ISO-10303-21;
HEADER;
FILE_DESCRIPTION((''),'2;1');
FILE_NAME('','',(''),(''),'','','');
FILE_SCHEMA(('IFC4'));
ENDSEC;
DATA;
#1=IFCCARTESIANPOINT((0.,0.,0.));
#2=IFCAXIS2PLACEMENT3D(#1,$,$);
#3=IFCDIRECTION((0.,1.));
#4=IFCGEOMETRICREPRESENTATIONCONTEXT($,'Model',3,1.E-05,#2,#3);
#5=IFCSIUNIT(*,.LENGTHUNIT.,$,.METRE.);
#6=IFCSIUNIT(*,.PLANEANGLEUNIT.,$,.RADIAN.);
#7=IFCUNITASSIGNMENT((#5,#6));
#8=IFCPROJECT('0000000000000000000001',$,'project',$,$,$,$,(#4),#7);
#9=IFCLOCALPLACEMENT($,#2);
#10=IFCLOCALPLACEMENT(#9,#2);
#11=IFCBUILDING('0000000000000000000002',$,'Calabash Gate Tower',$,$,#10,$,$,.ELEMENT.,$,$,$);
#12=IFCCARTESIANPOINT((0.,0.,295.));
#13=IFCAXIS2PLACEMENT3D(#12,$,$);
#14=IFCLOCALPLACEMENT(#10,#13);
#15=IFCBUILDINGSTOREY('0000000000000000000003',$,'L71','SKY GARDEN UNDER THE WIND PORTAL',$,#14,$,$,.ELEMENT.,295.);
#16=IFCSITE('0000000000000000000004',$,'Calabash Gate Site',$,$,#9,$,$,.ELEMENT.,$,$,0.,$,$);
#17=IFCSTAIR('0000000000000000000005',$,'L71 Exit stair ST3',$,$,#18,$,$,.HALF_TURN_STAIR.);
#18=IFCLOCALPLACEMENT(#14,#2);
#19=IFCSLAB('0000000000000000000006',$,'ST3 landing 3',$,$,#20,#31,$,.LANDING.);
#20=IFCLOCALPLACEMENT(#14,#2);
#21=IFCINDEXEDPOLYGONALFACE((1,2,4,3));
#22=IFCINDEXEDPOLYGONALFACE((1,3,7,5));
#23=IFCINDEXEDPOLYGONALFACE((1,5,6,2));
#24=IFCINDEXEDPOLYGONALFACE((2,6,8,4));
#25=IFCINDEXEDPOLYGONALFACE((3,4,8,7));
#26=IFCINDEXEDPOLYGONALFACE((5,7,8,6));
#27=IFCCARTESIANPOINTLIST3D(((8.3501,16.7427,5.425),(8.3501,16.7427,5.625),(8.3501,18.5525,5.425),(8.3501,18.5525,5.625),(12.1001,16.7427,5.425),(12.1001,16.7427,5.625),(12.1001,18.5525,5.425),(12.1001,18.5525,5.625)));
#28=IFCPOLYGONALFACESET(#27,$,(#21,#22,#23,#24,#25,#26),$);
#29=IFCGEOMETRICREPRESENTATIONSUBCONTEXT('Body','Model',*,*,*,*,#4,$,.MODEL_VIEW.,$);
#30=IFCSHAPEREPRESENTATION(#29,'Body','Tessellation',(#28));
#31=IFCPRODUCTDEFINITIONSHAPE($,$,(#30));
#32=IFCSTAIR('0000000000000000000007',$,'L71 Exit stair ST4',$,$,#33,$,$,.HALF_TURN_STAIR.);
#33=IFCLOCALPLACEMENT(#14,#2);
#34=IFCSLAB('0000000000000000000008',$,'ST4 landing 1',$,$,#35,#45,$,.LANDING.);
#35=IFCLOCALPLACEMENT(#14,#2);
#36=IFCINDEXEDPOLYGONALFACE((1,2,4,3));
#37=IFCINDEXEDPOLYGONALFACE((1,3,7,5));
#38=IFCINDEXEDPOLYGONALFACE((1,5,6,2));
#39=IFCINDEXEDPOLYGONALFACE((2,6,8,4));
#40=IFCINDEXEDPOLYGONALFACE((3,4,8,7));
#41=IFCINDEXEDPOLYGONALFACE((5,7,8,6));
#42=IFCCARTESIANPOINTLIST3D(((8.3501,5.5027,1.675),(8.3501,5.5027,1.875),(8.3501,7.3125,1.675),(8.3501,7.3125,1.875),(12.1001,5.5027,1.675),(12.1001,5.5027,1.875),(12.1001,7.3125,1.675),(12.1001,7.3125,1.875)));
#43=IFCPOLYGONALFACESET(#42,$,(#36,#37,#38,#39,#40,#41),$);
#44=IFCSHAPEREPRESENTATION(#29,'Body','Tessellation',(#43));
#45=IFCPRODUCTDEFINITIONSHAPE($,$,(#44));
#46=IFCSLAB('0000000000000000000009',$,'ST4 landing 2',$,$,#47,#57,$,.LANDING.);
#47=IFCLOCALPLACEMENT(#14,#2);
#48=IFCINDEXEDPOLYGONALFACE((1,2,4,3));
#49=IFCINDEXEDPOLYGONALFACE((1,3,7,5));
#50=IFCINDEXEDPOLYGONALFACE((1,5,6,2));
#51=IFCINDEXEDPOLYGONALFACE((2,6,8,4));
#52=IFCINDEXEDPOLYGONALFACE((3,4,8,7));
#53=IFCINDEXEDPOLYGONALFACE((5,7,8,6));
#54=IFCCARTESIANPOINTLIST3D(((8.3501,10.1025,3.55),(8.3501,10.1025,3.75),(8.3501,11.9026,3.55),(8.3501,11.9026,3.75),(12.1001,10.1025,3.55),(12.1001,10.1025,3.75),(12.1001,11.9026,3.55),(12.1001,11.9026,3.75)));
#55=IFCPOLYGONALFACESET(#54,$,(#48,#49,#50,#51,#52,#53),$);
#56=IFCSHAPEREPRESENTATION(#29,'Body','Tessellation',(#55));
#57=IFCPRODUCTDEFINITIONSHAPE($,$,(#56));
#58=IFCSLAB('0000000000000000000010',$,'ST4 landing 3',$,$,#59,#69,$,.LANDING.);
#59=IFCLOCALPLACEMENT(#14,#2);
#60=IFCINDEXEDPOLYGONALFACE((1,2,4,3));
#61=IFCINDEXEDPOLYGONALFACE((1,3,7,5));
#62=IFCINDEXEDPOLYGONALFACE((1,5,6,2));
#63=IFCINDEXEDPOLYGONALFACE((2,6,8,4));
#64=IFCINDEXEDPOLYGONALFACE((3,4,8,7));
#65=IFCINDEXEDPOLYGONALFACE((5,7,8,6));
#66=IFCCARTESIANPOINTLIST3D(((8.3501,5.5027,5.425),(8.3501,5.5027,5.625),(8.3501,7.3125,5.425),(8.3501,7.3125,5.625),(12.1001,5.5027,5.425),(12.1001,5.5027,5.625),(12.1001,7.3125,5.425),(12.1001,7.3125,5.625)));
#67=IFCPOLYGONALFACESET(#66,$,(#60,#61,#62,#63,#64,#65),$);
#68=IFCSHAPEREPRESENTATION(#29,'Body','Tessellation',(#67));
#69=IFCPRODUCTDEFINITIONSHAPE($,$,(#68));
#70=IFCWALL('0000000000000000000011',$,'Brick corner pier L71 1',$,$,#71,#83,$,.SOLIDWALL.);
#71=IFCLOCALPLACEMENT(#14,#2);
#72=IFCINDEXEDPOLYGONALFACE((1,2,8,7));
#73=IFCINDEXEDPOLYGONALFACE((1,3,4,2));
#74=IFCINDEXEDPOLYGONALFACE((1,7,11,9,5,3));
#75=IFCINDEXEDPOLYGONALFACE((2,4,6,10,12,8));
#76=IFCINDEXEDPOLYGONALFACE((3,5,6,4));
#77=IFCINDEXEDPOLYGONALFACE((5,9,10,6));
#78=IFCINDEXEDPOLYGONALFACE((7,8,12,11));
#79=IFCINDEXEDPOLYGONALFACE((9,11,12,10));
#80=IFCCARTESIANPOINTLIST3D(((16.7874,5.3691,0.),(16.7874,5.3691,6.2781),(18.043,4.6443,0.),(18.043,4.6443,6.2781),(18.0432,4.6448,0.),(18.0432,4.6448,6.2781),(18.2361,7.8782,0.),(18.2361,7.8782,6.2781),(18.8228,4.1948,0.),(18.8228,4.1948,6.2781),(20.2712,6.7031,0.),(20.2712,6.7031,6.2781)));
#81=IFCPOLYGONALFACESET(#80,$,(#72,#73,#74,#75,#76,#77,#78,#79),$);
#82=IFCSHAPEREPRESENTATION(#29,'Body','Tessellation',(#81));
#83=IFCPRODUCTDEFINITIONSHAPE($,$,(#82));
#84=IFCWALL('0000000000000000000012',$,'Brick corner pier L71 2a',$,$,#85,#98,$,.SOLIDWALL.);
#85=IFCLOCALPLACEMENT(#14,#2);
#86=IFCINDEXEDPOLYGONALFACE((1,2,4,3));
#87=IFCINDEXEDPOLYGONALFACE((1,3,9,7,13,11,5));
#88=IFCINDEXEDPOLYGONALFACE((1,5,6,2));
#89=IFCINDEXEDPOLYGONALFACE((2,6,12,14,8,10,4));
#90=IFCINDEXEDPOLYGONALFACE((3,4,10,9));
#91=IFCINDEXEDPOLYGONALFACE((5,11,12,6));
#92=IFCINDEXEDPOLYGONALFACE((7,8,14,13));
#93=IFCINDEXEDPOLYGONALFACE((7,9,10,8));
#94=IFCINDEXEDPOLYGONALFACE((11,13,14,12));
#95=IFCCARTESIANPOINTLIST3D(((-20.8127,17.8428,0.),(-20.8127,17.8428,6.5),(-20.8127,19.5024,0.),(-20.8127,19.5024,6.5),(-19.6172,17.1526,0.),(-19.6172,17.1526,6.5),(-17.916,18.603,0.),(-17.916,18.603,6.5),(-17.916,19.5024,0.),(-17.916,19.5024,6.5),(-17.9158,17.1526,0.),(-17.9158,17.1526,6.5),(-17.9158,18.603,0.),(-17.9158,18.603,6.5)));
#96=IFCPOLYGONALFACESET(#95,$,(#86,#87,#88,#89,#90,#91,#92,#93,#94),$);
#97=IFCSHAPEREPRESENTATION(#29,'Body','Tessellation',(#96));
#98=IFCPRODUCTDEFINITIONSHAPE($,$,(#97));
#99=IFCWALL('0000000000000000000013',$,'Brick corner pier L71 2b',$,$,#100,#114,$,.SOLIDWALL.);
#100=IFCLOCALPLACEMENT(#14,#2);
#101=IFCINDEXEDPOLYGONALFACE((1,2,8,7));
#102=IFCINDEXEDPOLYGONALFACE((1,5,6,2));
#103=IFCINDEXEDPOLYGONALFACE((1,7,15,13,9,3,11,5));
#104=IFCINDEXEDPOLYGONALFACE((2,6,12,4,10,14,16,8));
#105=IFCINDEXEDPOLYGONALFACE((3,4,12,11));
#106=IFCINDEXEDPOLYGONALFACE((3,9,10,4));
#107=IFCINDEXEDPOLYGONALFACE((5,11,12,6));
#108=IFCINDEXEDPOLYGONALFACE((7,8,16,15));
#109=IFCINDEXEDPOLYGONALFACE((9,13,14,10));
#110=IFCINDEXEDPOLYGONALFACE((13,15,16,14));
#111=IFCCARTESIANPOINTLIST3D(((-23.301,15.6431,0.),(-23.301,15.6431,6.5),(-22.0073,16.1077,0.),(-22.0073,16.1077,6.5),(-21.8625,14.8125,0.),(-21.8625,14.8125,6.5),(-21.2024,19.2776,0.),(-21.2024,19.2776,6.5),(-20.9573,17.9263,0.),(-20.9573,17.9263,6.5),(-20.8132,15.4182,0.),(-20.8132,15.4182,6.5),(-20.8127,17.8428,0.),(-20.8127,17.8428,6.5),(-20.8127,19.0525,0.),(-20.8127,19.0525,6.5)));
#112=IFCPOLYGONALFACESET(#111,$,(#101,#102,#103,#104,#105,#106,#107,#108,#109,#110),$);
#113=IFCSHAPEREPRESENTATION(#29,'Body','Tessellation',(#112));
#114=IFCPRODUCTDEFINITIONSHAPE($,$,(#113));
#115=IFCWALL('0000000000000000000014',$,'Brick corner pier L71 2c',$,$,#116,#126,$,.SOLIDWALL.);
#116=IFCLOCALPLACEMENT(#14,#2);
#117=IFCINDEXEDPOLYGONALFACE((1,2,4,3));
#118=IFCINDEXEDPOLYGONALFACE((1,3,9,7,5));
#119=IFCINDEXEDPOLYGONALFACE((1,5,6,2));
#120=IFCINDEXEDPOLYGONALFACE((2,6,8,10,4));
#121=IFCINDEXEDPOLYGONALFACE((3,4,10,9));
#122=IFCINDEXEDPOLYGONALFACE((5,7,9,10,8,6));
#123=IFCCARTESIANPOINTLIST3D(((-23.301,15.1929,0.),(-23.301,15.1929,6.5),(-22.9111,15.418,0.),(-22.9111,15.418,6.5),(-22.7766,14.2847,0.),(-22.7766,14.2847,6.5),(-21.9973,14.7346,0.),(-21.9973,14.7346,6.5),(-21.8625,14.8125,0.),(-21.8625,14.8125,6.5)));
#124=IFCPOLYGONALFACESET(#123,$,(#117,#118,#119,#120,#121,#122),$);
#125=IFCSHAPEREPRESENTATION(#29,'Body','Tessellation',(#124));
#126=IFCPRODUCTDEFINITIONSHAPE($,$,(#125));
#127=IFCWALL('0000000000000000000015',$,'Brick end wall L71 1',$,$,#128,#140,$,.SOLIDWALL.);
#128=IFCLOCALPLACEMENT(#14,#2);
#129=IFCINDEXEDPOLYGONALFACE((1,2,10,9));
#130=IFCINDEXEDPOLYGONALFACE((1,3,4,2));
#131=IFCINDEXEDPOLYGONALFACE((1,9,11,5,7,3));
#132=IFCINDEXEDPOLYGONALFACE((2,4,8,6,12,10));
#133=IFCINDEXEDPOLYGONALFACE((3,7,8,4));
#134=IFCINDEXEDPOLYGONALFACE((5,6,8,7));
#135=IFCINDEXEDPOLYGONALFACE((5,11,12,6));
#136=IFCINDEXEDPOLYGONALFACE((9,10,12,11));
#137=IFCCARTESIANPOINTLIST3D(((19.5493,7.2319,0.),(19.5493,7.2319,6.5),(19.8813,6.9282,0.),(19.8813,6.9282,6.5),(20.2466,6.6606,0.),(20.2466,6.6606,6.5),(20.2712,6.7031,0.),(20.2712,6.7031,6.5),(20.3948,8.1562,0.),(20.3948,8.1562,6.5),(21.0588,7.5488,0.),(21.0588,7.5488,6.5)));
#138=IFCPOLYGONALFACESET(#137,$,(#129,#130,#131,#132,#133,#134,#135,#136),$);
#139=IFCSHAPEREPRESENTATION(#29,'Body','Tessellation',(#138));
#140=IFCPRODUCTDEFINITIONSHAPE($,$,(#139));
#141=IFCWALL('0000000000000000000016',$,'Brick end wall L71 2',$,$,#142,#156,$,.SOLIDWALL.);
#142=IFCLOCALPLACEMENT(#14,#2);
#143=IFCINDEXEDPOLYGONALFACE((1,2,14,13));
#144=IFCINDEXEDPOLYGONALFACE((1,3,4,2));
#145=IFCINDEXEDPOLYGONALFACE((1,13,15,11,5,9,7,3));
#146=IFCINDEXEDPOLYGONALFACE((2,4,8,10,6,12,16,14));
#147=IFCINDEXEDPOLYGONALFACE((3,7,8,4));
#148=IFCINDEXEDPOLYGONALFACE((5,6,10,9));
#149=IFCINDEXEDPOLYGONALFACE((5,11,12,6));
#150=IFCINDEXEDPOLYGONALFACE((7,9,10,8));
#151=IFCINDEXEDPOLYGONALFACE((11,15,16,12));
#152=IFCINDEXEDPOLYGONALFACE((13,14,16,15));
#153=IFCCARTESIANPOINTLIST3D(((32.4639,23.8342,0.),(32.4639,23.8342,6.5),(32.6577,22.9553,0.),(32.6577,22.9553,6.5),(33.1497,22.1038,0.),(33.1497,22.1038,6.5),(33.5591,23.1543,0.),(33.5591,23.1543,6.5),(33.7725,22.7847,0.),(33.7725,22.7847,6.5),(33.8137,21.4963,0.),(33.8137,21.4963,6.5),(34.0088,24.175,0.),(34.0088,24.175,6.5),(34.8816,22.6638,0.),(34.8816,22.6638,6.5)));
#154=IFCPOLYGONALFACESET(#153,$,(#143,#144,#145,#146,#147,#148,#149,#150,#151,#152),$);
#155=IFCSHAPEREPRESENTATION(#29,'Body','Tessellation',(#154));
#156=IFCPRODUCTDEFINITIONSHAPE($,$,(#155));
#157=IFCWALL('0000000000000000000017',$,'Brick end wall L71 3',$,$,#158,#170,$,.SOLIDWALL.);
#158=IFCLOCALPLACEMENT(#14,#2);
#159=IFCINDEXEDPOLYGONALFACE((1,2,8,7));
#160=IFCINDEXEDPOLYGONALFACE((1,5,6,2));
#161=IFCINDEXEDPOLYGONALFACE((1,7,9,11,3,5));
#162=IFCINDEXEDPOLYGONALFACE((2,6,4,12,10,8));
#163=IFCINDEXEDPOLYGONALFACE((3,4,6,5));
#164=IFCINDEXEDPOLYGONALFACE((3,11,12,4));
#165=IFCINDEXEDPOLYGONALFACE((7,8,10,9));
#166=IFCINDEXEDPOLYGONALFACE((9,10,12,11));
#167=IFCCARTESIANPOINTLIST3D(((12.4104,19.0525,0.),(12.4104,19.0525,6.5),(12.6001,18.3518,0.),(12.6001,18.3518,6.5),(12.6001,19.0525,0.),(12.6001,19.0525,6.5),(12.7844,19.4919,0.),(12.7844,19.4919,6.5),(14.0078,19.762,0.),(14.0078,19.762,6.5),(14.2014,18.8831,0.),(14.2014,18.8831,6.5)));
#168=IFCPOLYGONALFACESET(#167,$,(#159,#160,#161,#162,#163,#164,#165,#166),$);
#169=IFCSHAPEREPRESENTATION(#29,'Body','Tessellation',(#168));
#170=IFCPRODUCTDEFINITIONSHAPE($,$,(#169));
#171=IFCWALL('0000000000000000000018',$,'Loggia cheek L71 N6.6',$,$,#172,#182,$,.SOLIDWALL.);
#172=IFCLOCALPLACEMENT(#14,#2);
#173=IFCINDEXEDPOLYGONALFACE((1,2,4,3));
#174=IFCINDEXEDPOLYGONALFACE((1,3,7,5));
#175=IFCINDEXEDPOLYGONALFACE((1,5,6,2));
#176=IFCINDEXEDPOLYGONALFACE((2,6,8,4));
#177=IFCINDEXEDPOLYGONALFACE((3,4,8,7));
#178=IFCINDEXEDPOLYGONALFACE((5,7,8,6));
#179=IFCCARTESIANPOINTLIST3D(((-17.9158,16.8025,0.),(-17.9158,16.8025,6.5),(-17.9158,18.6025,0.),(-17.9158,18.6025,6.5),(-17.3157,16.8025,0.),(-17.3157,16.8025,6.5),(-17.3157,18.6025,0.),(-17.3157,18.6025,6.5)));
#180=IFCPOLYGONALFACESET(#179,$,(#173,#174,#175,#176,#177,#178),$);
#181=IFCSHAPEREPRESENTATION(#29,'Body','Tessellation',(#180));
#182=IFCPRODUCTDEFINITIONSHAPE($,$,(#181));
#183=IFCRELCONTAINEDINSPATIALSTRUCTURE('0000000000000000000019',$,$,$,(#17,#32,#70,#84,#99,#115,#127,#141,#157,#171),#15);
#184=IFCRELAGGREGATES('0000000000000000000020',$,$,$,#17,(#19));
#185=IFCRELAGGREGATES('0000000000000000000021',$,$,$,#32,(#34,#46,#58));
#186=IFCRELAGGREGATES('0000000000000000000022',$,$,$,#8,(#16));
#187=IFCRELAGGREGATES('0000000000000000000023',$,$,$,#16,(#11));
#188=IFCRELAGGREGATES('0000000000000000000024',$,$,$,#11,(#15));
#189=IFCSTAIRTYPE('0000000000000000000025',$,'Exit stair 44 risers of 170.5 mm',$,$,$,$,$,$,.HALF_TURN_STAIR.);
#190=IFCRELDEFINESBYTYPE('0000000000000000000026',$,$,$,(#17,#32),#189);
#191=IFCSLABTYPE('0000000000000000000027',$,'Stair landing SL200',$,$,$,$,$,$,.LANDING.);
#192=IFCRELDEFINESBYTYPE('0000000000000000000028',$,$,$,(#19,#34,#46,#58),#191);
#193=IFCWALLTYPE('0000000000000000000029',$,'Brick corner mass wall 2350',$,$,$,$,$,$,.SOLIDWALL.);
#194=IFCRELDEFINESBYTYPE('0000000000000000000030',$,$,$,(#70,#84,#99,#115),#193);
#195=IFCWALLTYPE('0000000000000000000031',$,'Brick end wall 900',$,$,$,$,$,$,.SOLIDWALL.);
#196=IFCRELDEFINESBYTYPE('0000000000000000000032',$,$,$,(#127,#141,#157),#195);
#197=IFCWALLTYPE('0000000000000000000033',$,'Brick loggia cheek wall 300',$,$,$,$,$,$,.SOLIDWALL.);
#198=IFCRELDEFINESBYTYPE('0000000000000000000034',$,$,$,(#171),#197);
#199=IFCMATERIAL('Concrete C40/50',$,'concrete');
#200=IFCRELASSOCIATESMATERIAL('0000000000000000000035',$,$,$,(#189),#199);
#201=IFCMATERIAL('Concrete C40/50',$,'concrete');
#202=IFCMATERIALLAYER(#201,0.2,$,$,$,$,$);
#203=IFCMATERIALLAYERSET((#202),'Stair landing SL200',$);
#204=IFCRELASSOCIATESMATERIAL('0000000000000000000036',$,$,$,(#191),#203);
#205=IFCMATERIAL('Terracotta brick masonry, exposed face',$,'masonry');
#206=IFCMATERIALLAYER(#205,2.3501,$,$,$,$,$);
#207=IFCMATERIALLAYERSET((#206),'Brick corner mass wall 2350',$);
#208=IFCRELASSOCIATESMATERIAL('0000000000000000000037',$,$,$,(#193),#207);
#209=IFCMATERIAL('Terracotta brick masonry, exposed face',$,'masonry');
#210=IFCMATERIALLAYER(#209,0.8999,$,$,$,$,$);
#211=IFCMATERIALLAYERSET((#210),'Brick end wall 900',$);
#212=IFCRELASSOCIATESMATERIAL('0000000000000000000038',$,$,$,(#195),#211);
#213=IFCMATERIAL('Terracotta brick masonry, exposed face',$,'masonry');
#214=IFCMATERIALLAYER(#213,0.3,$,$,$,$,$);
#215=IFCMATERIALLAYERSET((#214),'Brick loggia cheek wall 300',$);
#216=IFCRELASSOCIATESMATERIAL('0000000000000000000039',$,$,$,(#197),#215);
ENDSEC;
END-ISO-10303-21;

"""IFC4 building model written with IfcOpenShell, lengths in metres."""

from ifc_helpers import new_model, si_unit, direction, frame, origin, place, context, subcontext, project, spatial, polyline, outline, extrude, material, layer, layer_set, type_object, element, aggregate, save


model = new_model("IFC4")

# Units and contexts
model_context = context("Model", 3, precision=1e-05, world=origin(), true_north=direction((0.0, 1.0)))
body_context = subcontext(model_context, "Body", "Model", "MODEL_VIEW")
ifc_project = project(units=[si_unit("LENGTHUNIT", "METRE"), si_unit("PLANEANGLEUNIT", "RADIAN")], contexts=[model_context])

# Site, building, storey
site_placement = place(None, origin())
site = spatial("IfcSite", under=ifc_project, at=site_placement, Name="Calabash Gate Site", CompositionType="ELEMENT", RefElevation=0.0)
building_placement = place(site_placement, origin())
building = spatial("IfcBuilding", under=site, at=building_placement, Name="Calabash Gate Tower", CompositionType="ELEMENT")
storey_placement = place(building_placement, frame((0.0, 0.0, 295.0)))
storey = spatial("IfcBuildingStorey", under=building, at=storey_placement, Name="L71", Description="SKY GARDEN UNDER THE WIND PORTAL", CompositionType="ELEMENT", Elevation=295.0)

# Stairs, slabs
ifc_material_1 = material(Name="Concrete C40/50", Category="concrete")
stair_type = type_object("IfcStairType", Name="Exit stair 44 risers of 170.5 mm", PredefinedType="HALF_TURN_STAIR", material=ifc_material_1)
ifc_material_2 = material(Name="Concrete C40/50", Category="concrete")
ifc_layer_1 = layer(ifc_material_2, 0.2)
ifc_layer_set_1 = layer_set([ifc_layer_1], Name="Stair landing SL200")
slab_type = type_object("IfcSlabType", Name="Stair landing SL200", PredefinedType="LANDING", material=ifc_layer_set_1)
stair_1_placement = place(storey_placement, origin())
stair_1 = element("IfcStair", 1, at=stair_1_placement, inside=storey, type_object=stair_type, Name="L71 Exit stair ST3", PredefinedType="HALF_TURN_STAIR")
slab_1_placement = place(storey_placement, frame((0.0, 0.0, 5.425)))
slab_1 = element("IfcSlab", 2, at=slab_1_placement, type_object=slab_type, Name="ST3 landing 3", PredefinedType="LANDING", context=body_context, shape_type="SweptSolid", body=[
    extrude(outline(polyline([(12.1001, 16.7427), (12.1001, 18.5525), (8.3501, 18.5525), (8.3501, 16.7427), (12.1001, 16.7427)])), origin(), (0.0, 0.0, 1.0), 0.2),
])
aggregate(stair_1, [slab_1])
stair_2_placement = place(storey_placement, origin())
stair_2 = element("IfcStair", 3, at=stair_2_placement, inside=storey, type_object=stair_type, Name="L71 Exit stair ST4", PredefinedType="HALF_TURN_STAIR")
slab_2_placement = place(storey_placement, frame((0.0, 0.0, 1.675)))
slab_2 = element("IfcSlab", 4, at=slab_2_placement, type_object=slab_type, Name="ST4 landing 1", PredefinedType="LANDING", context=body_context, shape_type="SweptSolid", body=[
    extrude(outline(polyline([(8.3501, 7.3125), (8.3501, 5.5027), (12.1001, 5.5027), (12.1001, 7.3125), (8.3501, 7.3125)])), origin(), (0.0, 0.0, 1.0), 0.2),
])
slab_3_placement = place(storey_placement, frame((0.0, 0.0, 3.55)))
slab_3 = element("IfcSlab", 5, at=slab_3_placement, type_object=slab_type, Name="ST4 landing 2", PredefinedType="LANDING", context=body_context, shape_type="SweptSolid", body=[
    extrude(outline(polyline([(8.3501, 11.9026), (8.3501, 10.1025), (12.1001, 10.1025), (12.1001, 11.9026), (8.3501, 11.9026)])), origin(), (0.0, 0.0, 1.0), 0.2),
])
slab_4_placement = place(storey_placement, frame((0.0, 0.0, 5.425)))
slab_4 = element("IfcSlab", 6, at=slab_4_placement, type_object=slab_type, Name="ST4 landing 3", PredefinedType="LANDING", context=body_context, shape_type="SweptSolid", body=[
    extrude(outline(polyline([(8.3501, 7.3125), (8.3501, 5.5027), (12.1001, 5.5027), (12.1001, 7.3125), (8.3501, 7.3125)])), origin(), (0.0, 0.0, 1.0), 0.2),
])
aggregate(stair_2, [slab_2, slab_3, slab_4])

# Walls
ifc_material_3 = material(Name="Terracotta brick masonry, exposed face", Category="masonry")
ifc_layer_2 = layer(ifc_material_3, 2.3501)
ifc_layer_set_2 = layer_set([ifc_layer_2], Name="Brick corner mass wall 2350")
wall_type_1 = type_object("IfcWallType", Name="Brick corner mass wall 2350", PredefinedType="SOLIDWALL", material=ifc_layer_set_2)
wall_1_placement = place(storey_placement, origin())
element("IfcWall", 7, at=wall_1_placement, inside=storey, type_object=wall_type_1, Name="Brick corner pier L71 1", PredefinedType="SOLIDWALL", context=body_context, shape_type="SweptSolid", body=[
    extrude(outline(polyline([(18.8228, 4.1948), (18.8225, 4.1943), (18.8225, 4.1943), (20.2712, 6.7031), (18.2361, 7.8782), (16.7874, 5.3691), (18.043, 4.6443), (18.0432, 4.6448), (18.8228, 4.1948)])), origin(), (0.0, 0.0, 1.0), 6.2781),
])
wall_2_placement = place(storey_placement, origin())
element("IfcWall", 8, at=wall_2_placement, inside=storey, type_object=wall_type_1, Name="Brick corner pier L71 2a", PredefinedType="SOLIDWALL", context=body_context, shape_type="SweptSolid", body=[
    extrude(outline(polyline([(-19.6172, 17.1526), (-17.9158, 17.1526), (-17.9158, 18.603), (-17.916, 18.603), (-17.916, 19.5024), (-20.8127, 19.5024), (-20.8127, 17.8428), (-19.6172, 17.1526)])), origin(), (0.0, 0.0, 1.0), 6.5),
])
wall_3_placement = place(storey_placement, origin())
element("IfcWall", 9, at=wall_3_placement, inside=storey, type_object=wall_type_1, Name="Brick corner pier L71 2b", PredefinedType="SOLIDWALL", context=body_context, shape_type="SweptSolid", body=[
    extrude(outline(polyline([(-20.9573, 17.9263), (-20.8127, 17.8428), (-20.8127, 19.0525), (-21.2024, 19.2776), (-23.301, 15.6431), (-21.8625, 14.8125), (-20.8132, 15.4182), (-22.0073, 16.1077), (-20.9573, 17.9263)])), origin(), (0.0, 0.0, 1.0), 6.5),
])
wall_4_placement = place(storey_placement, origin())
element("IfcWall", 10, at=wall_4_placement, inside=storey, type_object=wall_type_1, Name="Brick corner pier L71 2c", PredefinedType="SOLIDWALL", context=body_context, shape_type="SweptSolid", body=[
    extrude(outline(polyline([(-21.9973, 14.7346), (-21.8625, 14.8125), (-22.9111, 15.418), (-23.301, 15.1929), (-22.7766, 14.2847), (-21.9973, 14.7346), (-21.9973, 14.7346)])), origin(), (0.0, 0.0, 1.0), 6.5),
])
ifc_material_4 = material(Name="Terracotta brick masonry, exposed face", Category="masonry")
ifc_layer_3 = layer(ifc_material_4, 0.8999)
ifc_layer_set_3 = layer_set([ifc_layer_3], Name="Brick end wall 900")
wall_type_2 = type_object("IfcWallType", Name="Brick end wall 900", PredefinedType="SOLIDWALL", material=ifc_layer_set_3)
wall_5_placement = place(storey_placement, origin())
element("IfcWall", 11, at=wall_5_placement, inside=storey, type_object=wall_type_2, Name="Brick end wall L71 1", PredefinedType="SOLIDWALL", context=body_context, shape_type="SweptSolid", body=[
    extrude(outline(polyline([(20.3948, 8.1562), (19.5493, 7.2319), (19.8813, 6.9282), (20.2712, 6.7031), (20.2466, 6.6606), (21.0588, 7.5488), (20.3948, 8.1562)])), origin(), (0.0, 0.0, 1.0), 6.5),
])
wall_6_placement = place(storey_placement, origin())
element("IfcWall", 12, at=wall_6_placement, inside=storey, type_object=wall_type_2, Name="Brick end wall L71 2", PredefinedType="SOLIDWALL", context=body_context, shape_type="SweptSolid", body=[
    extrude(outline(polyline([(33.8137, 21.4963), (34.8816, 22.6638), (34.0088, 24.175), (32.4639, 23.8342), (32.6577, 22.9553), (33.5591, 23.1543), (33.7725, 22.7847), (33.1497, 22.1038), (33.8137, 21.4963)])), origin(), (0.0, 0.0, 1.0), 6.5),
])
wall_7_placement = place(storey_placement, origin())
element("IfcWall", 13, at=wall_7_placement, inside=storey, type_object=wall_type_2, Name="Brick end wall L71 3", PredefinedType="SOLIDWALL", context=body_context, shape_type="SweptSolid", body=[
    extrude(outline(polyline([(14.2014, 18.8831), (14.0078, 19.762), (12.7844, 19.4919), (12.4104, 19.0525), (12.6001, 19.0525), (12.6001, 18.3518), (14.2014, 18.8831)])), origin(), (0.0, 0.0, 1.0), 6.5),
])
ifc_material_5 = material(Name="Terracotta brick masonry, exposed face", Category="masonry")
ifc_layer_4 = layer(ifc_material_5, 0.3)
ifc_layer_set_4 = layer_set([ifc_layer_4], Name="Brick loggia cheek wall 300")
wall_type_3 = type_object("IfcWallType", Name="Brick loggia cheek wall 300", PredefinedType="SOLIDWALL", material=ifc_layer_set_4)
wall_8_placement = place(storey_placement, origin())
element("IfcWall", 14, at=wall_8_placement, inside=storey, type_object=wall_type_3, Name="Loggia cheek L71 N6.6", PredefinedType="SOLIDWALL", context=body_context, shape_type="SweptSolid", body=[
    extrude(outline(polyline([(-17.9158, 18.6025), (-17.9158, 16.8025), (-17.3157, 16.8025), (-17.3157, 18.6025), (-17.9158, 18.6025)])), origin(), (0.0, 0.0, 1.0), 6.5),
])

save(model, "model.ifc")
